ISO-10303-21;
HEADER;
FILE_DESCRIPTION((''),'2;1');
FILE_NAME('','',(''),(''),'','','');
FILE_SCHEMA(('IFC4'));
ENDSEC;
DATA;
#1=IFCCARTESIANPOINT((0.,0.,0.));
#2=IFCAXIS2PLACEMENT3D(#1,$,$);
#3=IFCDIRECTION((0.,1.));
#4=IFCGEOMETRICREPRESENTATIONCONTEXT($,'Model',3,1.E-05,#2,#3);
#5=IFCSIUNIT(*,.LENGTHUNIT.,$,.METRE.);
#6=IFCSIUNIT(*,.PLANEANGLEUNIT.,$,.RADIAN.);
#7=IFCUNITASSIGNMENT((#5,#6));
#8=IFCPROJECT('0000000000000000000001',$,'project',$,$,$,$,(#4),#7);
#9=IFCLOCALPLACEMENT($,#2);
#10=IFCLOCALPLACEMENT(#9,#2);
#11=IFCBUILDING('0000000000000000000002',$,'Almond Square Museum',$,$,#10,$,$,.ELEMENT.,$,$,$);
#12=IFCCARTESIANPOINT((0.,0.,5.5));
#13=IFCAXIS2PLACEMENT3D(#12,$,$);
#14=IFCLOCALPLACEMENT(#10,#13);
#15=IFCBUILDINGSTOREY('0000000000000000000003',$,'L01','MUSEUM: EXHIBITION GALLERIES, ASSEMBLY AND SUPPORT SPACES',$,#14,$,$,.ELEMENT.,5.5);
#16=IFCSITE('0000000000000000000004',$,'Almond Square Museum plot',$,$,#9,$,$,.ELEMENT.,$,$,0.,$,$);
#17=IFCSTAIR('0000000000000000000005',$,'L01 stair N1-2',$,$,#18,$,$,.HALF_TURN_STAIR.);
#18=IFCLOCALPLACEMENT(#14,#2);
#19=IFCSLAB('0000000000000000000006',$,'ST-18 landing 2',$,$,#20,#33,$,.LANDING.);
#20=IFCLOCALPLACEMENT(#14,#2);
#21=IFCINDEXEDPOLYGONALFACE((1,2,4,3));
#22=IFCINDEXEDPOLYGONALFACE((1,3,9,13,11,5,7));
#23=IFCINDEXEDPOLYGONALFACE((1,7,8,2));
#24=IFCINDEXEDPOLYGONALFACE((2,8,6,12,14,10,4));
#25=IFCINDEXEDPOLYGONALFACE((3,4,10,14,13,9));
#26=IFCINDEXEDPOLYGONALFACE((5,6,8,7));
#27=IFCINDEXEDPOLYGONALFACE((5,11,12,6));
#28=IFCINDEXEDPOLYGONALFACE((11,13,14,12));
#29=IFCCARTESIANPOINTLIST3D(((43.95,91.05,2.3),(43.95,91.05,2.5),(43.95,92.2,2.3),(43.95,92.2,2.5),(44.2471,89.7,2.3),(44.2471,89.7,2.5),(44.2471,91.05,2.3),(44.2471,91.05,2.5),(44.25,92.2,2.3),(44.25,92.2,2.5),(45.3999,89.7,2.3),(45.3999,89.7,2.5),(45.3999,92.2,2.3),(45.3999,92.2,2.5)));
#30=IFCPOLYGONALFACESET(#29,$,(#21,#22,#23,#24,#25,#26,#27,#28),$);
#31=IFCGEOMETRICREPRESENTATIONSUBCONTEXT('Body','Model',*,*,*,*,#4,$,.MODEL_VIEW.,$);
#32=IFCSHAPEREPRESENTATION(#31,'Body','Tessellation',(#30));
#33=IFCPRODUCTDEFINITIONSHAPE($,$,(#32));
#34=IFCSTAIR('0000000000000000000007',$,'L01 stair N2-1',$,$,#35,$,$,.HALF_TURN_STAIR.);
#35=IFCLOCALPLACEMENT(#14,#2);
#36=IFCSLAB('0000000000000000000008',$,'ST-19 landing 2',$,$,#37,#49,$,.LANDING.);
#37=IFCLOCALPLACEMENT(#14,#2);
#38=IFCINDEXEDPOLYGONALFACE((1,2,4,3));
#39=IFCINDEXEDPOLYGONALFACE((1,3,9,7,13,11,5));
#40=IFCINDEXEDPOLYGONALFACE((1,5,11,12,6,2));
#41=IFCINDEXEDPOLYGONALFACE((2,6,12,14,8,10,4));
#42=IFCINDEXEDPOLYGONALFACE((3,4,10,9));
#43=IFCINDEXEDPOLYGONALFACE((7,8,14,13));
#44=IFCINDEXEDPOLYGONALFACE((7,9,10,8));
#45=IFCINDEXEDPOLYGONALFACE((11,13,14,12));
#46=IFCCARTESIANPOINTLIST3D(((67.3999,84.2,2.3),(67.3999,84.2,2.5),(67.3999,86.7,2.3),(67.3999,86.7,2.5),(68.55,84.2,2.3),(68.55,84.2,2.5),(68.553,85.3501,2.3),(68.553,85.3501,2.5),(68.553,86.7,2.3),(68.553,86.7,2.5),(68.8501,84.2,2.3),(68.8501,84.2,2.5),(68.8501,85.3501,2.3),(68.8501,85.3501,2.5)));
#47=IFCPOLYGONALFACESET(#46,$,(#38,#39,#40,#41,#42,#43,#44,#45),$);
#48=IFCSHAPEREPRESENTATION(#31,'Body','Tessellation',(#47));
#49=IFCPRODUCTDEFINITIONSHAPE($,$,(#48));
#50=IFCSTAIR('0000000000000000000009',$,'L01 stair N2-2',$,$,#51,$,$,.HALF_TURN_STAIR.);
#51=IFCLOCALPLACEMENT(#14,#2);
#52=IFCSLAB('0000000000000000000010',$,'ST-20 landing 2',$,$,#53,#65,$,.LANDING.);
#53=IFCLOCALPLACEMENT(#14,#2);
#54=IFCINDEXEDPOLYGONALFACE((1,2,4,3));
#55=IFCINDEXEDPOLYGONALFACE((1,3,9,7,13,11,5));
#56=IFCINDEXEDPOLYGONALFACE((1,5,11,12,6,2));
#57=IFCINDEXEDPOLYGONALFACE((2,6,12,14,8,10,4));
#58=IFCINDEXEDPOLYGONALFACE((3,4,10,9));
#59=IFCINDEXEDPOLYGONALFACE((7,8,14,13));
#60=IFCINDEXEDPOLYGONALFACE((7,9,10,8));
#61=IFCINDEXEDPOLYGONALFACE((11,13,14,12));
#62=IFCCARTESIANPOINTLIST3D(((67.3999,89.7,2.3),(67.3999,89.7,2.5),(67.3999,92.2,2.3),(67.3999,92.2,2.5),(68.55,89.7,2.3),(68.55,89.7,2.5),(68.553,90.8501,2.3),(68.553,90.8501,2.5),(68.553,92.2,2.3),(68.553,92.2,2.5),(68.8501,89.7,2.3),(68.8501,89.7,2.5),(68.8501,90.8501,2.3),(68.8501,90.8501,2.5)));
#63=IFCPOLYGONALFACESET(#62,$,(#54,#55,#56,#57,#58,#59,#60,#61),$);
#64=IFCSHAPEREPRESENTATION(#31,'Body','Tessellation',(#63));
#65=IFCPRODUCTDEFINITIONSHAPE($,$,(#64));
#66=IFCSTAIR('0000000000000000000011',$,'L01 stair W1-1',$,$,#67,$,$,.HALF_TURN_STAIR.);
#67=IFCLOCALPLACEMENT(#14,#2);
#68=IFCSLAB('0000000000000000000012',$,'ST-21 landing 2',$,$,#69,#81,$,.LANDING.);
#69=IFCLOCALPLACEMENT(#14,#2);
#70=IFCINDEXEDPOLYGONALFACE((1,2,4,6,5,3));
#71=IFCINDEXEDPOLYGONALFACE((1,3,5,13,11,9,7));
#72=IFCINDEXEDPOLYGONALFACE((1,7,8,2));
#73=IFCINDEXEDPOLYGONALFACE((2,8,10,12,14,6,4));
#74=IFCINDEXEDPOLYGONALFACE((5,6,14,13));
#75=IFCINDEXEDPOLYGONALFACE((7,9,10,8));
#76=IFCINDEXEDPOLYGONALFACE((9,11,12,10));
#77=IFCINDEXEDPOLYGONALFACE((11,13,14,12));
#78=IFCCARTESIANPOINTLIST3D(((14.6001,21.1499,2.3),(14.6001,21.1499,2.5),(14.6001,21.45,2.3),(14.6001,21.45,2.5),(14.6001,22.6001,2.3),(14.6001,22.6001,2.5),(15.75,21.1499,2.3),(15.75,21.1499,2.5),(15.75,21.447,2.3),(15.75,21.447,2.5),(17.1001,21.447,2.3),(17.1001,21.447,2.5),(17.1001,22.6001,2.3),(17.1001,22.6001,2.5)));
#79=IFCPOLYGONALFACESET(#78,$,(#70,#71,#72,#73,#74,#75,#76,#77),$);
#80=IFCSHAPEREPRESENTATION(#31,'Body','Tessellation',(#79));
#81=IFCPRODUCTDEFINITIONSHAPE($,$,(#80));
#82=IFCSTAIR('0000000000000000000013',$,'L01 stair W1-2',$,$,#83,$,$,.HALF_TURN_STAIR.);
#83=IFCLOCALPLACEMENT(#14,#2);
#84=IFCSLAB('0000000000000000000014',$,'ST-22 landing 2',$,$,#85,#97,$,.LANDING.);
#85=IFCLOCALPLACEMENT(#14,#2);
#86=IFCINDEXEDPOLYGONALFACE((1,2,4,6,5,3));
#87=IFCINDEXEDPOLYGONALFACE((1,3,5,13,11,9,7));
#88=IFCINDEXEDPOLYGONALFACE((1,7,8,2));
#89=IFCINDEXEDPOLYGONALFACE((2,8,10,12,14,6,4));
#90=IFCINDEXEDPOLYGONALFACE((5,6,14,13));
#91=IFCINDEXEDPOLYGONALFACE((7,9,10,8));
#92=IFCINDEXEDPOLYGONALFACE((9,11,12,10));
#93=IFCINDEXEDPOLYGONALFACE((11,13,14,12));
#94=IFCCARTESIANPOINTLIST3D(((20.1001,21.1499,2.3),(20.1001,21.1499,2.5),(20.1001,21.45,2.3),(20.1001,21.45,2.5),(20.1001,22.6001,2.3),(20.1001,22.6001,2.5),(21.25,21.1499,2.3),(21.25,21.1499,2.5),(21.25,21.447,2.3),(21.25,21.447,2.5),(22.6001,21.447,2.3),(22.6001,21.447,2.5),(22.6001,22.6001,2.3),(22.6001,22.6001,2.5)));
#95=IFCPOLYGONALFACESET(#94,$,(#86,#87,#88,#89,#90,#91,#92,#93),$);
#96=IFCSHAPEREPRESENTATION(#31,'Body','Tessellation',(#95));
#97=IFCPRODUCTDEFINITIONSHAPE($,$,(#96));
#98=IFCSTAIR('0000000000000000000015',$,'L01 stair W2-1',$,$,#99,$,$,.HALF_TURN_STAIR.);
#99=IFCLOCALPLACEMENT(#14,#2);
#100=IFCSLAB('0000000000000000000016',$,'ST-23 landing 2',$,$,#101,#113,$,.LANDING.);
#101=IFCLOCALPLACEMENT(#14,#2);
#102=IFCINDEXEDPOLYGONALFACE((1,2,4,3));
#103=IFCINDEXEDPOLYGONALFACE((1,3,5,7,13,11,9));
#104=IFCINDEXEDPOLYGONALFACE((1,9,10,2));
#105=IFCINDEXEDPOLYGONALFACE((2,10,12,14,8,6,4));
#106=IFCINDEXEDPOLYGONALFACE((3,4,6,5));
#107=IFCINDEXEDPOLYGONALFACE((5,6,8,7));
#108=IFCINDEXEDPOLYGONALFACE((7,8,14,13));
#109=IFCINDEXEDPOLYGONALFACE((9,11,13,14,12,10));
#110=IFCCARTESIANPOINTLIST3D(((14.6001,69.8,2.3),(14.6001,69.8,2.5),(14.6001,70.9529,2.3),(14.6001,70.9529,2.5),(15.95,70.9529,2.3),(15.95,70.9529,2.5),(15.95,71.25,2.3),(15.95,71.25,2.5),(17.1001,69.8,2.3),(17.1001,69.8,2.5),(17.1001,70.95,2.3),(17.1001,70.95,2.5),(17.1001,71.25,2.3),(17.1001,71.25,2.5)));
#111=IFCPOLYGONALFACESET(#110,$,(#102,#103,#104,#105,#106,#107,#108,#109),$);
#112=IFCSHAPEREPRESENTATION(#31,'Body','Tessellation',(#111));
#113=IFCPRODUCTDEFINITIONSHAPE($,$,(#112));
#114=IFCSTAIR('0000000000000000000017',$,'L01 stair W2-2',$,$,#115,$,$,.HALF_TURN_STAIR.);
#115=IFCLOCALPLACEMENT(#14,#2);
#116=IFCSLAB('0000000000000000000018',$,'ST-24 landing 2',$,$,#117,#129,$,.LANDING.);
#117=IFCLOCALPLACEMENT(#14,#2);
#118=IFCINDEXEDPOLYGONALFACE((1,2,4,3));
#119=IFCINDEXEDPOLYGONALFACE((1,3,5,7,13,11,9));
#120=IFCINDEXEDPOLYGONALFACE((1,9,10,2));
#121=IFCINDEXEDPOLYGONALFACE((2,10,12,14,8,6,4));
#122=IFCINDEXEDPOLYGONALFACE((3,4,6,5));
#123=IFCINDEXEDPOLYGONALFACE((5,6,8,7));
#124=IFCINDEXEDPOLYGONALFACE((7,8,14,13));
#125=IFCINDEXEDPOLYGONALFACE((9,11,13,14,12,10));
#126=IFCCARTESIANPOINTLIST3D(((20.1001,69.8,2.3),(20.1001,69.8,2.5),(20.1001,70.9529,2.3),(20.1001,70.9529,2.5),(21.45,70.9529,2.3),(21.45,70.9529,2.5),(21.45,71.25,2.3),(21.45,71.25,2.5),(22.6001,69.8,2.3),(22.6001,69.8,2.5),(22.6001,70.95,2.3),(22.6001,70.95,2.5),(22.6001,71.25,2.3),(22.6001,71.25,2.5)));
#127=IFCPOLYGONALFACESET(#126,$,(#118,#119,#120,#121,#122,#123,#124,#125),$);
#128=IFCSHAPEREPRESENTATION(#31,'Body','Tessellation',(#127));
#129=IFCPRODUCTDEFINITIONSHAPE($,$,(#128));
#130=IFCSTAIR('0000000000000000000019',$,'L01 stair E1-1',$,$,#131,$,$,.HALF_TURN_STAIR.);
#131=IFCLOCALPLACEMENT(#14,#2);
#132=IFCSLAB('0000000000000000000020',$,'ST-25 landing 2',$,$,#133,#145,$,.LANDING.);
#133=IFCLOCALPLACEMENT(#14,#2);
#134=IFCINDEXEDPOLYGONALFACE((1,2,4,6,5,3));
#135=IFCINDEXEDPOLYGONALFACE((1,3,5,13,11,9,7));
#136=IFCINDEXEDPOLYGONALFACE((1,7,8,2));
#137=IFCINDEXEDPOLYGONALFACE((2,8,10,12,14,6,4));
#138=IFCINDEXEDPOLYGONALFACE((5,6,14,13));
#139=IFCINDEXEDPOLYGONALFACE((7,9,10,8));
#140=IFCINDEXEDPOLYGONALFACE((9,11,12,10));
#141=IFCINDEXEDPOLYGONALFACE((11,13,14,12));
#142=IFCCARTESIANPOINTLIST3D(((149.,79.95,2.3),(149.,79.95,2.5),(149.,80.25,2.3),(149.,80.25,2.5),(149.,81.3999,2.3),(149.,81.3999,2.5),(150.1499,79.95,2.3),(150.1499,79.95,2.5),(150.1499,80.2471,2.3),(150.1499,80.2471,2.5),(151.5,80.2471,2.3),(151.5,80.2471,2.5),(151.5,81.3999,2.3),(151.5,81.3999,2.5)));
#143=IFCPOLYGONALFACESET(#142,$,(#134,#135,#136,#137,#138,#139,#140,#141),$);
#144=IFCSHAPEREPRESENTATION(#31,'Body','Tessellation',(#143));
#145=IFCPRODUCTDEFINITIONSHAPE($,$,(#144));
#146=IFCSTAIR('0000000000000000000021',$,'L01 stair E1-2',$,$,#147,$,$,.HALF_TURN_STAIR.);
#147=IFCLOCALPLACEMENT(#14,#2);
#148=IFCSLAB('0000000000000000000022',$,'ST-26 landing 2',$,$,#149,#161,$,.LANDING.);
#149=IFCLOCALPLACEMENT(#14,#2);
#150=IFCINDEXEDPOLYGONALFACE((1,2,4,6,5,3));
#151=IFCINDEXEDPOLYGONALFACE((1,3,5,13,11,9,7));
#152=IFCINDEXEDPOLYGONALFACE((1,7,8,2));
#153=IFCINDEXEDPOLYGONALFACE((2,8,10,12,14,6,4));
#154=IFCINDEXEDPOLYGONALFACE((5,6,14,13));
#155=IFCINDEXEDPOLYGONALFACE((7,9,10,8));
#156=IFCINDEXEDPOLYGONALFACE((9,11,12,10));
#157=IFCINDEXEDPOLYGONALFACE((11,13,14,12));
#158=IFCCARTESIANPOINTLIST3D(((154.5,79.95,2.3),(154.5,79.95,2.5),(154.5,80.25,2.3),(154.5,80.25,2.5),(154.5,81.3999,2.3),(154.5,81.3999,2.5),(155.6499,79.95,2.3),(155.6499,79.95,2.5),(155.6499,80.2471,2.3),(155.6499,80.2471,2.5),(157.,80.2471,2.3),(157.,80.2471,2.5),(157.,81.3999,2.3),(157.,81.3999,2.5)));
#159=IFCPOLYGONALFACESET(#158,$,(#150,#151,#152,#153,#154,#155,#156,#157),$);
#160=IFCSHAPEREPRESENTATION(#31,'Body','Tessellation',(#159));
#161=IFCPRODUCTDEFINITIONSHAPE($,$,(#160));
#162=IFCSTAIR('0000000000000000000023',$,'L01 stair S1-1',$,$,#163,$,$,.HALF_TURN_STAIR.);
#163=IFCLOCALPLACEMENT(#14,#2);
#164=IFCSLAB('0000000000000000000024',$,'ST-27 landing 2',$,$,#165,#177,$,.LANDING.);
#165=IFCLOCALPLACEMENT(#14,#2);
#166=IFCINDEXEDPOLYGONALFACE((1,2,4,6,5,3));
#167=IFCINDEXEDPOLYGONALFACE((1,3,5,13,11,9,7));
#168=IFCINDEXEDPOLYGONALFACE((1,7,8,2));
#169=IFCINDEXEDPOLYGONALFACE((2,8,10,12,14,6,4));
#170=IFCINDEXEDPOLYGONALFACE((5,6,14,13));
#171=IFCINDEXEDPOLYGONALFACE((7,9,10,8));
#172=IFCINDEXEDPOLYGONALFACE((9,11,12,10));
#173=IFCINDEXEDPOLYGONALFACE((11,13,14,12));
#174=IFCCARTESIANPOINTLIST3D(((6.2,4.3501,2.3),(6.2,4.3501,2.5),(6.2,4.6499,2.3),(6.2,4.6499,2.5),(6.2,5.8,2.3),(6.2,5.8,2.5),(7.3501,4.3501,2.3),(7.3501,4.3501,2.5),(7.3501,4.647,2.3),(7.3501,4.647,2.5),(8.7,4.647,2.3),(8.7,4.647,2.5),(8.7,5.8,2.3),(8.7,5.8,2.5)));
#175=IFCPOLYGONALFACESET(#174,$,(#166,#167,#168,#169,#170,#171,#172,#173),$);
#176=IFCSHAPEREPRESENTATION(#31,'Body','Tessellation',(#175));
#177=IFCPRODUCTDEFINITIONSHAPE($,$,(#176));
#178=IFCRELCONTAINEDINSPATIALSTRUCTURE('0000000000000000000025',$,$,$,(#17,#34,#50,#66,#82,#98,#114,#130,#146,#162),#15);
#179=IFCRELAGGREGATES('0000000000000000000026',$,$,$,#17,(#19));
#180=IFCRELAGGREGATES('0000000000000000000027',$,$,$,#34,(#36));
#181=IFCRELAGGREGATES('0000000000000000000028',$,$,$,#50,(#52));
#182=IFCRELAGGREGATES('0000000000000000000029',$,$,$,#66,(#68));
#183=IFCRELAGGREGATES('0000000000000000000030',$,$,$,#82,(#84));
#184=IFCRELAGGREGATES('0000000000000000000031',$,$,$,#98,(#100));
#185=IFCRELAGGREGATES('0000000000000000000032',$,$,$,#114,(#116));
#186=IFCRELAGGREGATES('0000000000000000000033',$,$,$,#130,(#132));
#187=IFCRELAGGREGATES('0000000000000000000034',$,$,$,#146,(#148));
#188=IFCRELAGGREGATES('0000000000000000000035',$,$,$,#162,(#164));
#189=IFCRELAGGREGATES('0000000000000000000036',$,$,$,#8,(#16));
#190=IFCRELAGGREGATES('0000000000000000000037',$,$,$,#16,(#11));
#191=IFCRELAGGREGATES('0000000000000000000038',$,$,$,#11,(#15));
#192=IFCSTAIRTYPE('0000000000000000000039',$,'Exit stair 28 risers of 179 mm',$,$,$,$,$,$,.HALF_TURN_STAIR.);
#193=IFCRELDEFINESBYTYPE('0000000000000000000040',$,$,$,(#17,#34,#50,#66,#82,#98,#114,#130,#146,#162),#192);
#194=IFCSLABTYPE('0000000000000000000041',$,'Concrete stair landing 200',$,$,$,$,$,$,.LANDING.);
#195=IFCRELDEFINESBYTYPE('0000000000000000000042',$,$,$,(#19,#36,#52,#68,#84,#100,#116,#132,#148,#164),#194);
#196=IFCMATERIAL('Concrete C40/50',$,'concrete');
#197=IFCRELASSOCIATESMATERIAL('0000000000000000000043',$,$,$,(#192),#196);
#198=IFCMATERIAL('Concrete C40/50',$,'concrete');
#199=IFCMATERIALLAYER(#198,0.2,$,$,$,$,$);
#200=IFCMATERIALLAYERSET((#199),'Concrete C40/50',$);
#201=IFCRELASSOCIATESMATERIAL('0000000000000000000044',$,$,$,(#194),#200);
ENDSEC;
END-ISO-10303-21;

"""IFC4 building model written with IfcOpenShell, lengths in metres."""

from ifc_helpers import new_model, si_unit, direction, frame, origin, place, context, subcontext, project, spatial, polyline, outline, extrude, material, layer, layer_set, type_object, element, aggregate, save


model = new_model("IFC4")

# Units and contexts
model_context = context("Model", 3, precision=1e-05, world=origin(), true_north=direction((0.0, 1.0)))
body_context = subcontext(model_context, "Body", "Model", "MODEL_VIEW")
ifc_project = project(units=[si_unit("LENGTHUNIT", "METRE"), si_unit("PLANEANGLEUNIT", "RADIAN")], contexts=[model_context])

# Site, building, storey
site_placement = place(None, origin())
site = spatial("IfcSite", under=ifc_project, at=site_placement, Name="Almond Square Museum plot", CompositionType="ELEMENT", RefElevation=0.0)
building_placement = place(site_placement, origin())
building = spatial("IfcBuilding", under=site, at=building_placement, Name="Almond Square Museum", CompositionType="ELEMENT")
storey_placement = place(building_placement, frame((0.0, 0.0, 5.5)))
storey = spatial("IfcBuildingStorey", under=building, at=storey_placement, Name="L01", Description="MUSEUM: EXHIBITION GALLERIES, ASSEMBLY AND SUPPORT SPACES", CompositionType="ELEMENT", Elevation=5.5)

# Stairs, slabs
ifc_material_1 = material(Name="Concrete C40/50", Category="concrete")
stair_type = type_object("IfcStairType", Name="Exit stair 28 risers of 179 mm", PredefinedType="HALF_TURN_STAIR", material=ifc_material_1)
ifc_material_2 = material(Name="Concrete C40/50", Category="concrete")
ifc_layer = layer(ifc_material_2, 0.2)
ifc_layer_set = layer_set([ifc_layer], Name="Concrete C40/50")
slab_type = type_object("IfcSlabType", Name="Concrete stair landing 200", PredefinedType="LANDING", material=ifc_layer_set)
stair_1_placement = place(storey_placement, origin())
stair_1 = element("IfcStair", 1, at=stair_1_placement, inside=storey, type_object=stair_type, Name="L01 stair N1-2", PredefinedType="HALF_TURN_STAIR")
slab_1_placement = place(storey_placement, frame((0.0, 0.0, 2.3)))
slab_1 = element("IfcSlab", 2, at=slab_1_placement, type_object=slab_type, Name="ST-18 landing 2", PredefinedType="LANDING", context=body_context, shape_type="SweptSolid", body=[
    extrude(outline(polyline([(45.3999, 92.2), (44.25, 92.2), (43.95, 92.2), (43.95, 91.05), (44.2471, 91.05), (44.2471, 89.7), (45.3999, 89.7), (45.3999, 92.2)])), origin(), (0.0, 0.0, 1.0), 0.2),
])
aggregate(stair_1, [slab_1])
stair_2_placement = place(storey_placement, origin())
stair_2 = element("IfcStair", 3, at=stair_2_placement, inside=storey, type_object=stair_type, Name="L01 stair N2-1", PredefinedType="HALF_TURN_STAIR")
slab_2_placement = place(storey_placement, frame((0.0, 0.0, 2.3)))
slab_2 = element("IfcSlab", 4, at=slab_2_placement, type_object=slab_type, Name="ST-19 landing 2", PredefinedType="LANDING", context=body_context, shape_type="SweptSolid", body=[
    extrude(outline(polyline([(67.3999, 84.2), (68.55, 84.2), (68.8501, 84.2), (68.8501, 85.3501), (68.553, 85.3501), (68.553, 86.7), (67.3999, 86.7), (67.3999, 84.2)])), origin(), (0.0, 0.0, 1.0), 0.2),
])
aggregate(stair_2, [slab_2])
stair_3_placement = place(storey_placement, origin())
stair_3 = element("IfcStair", 5, at=stair_3_placement, inside=storey, type_object=stair_type, Name="L01 stair N2-2", PredefinedType="HALF_TURN_STAIR")
slab_3_placement = place(storey_placement, frame((0.0, 0.0, 2.3)))
slab_3 = element("IfcSlab", 6, at=slab_3_placement, type_object=slab_type, Name="ST-20 landing 2", PredefinedType="LANDING", context=body_context, shape_type="SweptSolid", body=[
    extrude(outline(polyline([(67.3999, 89.7), (68.55, 89.7), (68.8501, 89.7), (68.8501, 90.8501), (68.553, 90.8501), (68.553, 92.2), (67.3999, 92.2), (67.3999, 89.7)])), origin(), (0.0, 0.0, 1.0), 0.2),
])
aggregate(stair_3, [slab_3])
stair_4_placement = place(storey_placement, origin())
stair_4 = element("IfcStair", 7, at=stair_4_placement, inside=storey, type_object=stair_type, Name="L01 stair W1-1", PredefinedType="HALF_TURN_STAIR")
slab_4_placement = place(storey_placement, frame((0.0, 0.0, 2.3)))
slab_4 = element("IfcSlab", 8, at=slab_4_placement, type_object=slab_type, Name="ST-21 landing 2", PredefinedType="LANDING", context=body_context, shape_type="SweptSolid", body=[
    extrude(outline(polyline([(14.6001, 22.6001), (14.6001, 21.45), (14.6001, 21.1499), (15.75, 21.1499), (15.75, 21.447), (17.1001, 21.447), (17.1001, 22.6001), (14.6001, 22.6001)])), origin(), (0.0, 0.0, 1.0), 0.2),
])
aggregate(stair_4, [slab_4])
stair_5_placement = place(storey_placement, origin())
stair_5 = element("IfcStair", 9, at=stair_5_placement, inside=storey, type_object=stair_type, Name="L01 stair W1-2", PredefinedType="HALF_TURN_STAIR")
slab_5_placement = place(storey_placement, frame((0.0, 0.0, 2.3)))
slab_5 = element("IfcSlab", 10, at=slab_5_placement, type_object=slab_type, Name="ST-22 landing 2", PredefinedType="LANDING", context=body_context, shape_type="SweptSolid", body=[
    extrude(outline(polyline([(20.1001, 22.6001), (20.1001, 21.45), (20.1001, 21.1499), (21.25, 21.1499), (21.25, 21.447), (22.6001, 21.447), (22.6001, 22.6001), (20.1001, 22.6001)])), origin(), (0.0, 0.0, 1.0), 0.2),
])
aggregate(stair_5, [slab_5])
stair_6_placement = place(storey_placement, origin())
stair_6 = element("IfcStair", 11, at=stair_6_placement, inside=storey, type_object=stair_type, Name="L01 stair W2-1", PredefinedType="HALF_TURN_STAIR")
slab_6_placement = place(storey_placement, frame((0.0, 0.0, 2.3)))
slab_6 = element("IfcSlab", 12, at=slab_6_placement, type_object=slab_type, Name="ST-23 landing 2", PredefinedType="LANDING", context=body_context, shape_type="SweptSolid", body=[
    extrude(outline(polyline([(17.1001, 69.8), (17.1001, 70.95), (17.1001, 71.25), (15.95, 71.25), (15.95, 70.9529), (14.6001, 70.9529), (14.6001, 69.8), (17.1001, 69.8)])), origin(), (0.0, 0.0, 1.0), 0.2),
])
aggregate(stair_6, [slab_6])
stair_7_placement = place(storey_placement, origin())
stair_7 = element("IfcStair", 13, at=stair_7_placement, inside=storey, type_object=stair_type, Name="L01 stair W2-2", PredefinedType="HALF_TURN_STAIR")
slab_7_placement = place(storey_placement, frame((0.0, 0.0, 2.3)))
slab_7 = element("IfcSlab", 14, at=slab_7_placement, type_object=slab_type, Name="ST-24 landing 2", PredefinedType="LANDING", context=body_context, shape_type="SweptSolid", body=[
    extrude(outline(polyline([(22.6001, 69.8), (22.6001, 70.95), (22.6001, 71.25), (21.45, 71.25), (21.45, 70.9529), (20.1001, 70.9529), (20.1001, 69.8), (22.6001, 69.8)])), origin(), (0.0, 0.0, 1.0), 0.2),
])
aggregate(stair_7, [slab_7])
stair_8_placement = place(storey_placement, origin())
stair_8 = element("IfcStair", 15, at=stair_8_placement, inside=storey, type_object=stair_type, Name="L01 stair E1-1", PredefinedType="HALF_TURN_STAIR")
slab_8_placement = place(storey_placement, frame((0.0, 0.0, 2.3)))
slab_8 = element("IfcSlab", 16, at=slab_8_placement, type_object=slab_type, Name="ST-25 landing 2", PredefinedType="LANDING", context=body_context, shape_type="SweptSolid", body=[
    extrude(outline(polyline([(149.0, 81.3999), (149.0, 80.25), (149.0, 79.95), (150.1499, 79.95), (150.1499, 80.2471), (151.5, 80.2471), (151.5, 81.3999), (149.0, 81.3999)])), origin(), (0.0, 0.0, 1.0), 0.2),
])
aggregate(stair_8, [slab_8])
stair_9_placement = place(storey_placement, origin())
stair_9 = element("IfcStair", 17, at=stair_9_placement, inside=storey, type_object=stair_type, Name="L01 stair E1-2", PredefinedType="HALF_TURN_STAIR")
slab_9_placement = place(storey_placement, frame((0.0, 0.0, 2.3)))
slab_9 = element("IfcSlab", 18, at=slab_9_placement, type_object=slab_type, Name="ST-26 landing 2", PredefinedType="LANDING", context=body_context, shape_type="SweptSolid", body=[
    extrude(outline(polyline([(154.5, 81.3999), (154.5, 80.25), (154.5, 79.95), (155.6499, 79.95), (155.6499, 80.2471), (157.0, 80.2471), (157.0, 81.3999), (154.5, 81.3999)])), origin(), (0.0, 0.0, 1.0), 0.2),
])
aggregate(stair_9, [slab_9])
stair_10_placement = place(storey_placement, origin())
stair_10 = element("IfcStair", 19, at=stair_10_placement, inside=storey, type_object=stair_type, Name="L01 stair S1-1", PredefinedType="HALF_TURN_STAIR")
slab_10_placement = place(storey_placement, frame((0.0, 0.0, 2.3)))
slab_10 = element("IfcSlab", 20, at=slab_10_placement, type_object=slab_type, Name="ST-27 landing 2", PredefinedType="LANDING", context=body_context, shape_type="SweptSolid", body=[
    extrude(outline(polyline([(6.2, 5.8), (6.2, 4.6499), (6.2, 4.3501), (7.3501, 4.3501), (7.3501, 4.647), (8.7, 4.647), (8.7, 5.8), (6.2, 5.8)])), origin(), (0.0, 0.0, 1.0), 0.2),
])
aggregate(stair_10, [slab_10])

save(model, "model.ifc")
